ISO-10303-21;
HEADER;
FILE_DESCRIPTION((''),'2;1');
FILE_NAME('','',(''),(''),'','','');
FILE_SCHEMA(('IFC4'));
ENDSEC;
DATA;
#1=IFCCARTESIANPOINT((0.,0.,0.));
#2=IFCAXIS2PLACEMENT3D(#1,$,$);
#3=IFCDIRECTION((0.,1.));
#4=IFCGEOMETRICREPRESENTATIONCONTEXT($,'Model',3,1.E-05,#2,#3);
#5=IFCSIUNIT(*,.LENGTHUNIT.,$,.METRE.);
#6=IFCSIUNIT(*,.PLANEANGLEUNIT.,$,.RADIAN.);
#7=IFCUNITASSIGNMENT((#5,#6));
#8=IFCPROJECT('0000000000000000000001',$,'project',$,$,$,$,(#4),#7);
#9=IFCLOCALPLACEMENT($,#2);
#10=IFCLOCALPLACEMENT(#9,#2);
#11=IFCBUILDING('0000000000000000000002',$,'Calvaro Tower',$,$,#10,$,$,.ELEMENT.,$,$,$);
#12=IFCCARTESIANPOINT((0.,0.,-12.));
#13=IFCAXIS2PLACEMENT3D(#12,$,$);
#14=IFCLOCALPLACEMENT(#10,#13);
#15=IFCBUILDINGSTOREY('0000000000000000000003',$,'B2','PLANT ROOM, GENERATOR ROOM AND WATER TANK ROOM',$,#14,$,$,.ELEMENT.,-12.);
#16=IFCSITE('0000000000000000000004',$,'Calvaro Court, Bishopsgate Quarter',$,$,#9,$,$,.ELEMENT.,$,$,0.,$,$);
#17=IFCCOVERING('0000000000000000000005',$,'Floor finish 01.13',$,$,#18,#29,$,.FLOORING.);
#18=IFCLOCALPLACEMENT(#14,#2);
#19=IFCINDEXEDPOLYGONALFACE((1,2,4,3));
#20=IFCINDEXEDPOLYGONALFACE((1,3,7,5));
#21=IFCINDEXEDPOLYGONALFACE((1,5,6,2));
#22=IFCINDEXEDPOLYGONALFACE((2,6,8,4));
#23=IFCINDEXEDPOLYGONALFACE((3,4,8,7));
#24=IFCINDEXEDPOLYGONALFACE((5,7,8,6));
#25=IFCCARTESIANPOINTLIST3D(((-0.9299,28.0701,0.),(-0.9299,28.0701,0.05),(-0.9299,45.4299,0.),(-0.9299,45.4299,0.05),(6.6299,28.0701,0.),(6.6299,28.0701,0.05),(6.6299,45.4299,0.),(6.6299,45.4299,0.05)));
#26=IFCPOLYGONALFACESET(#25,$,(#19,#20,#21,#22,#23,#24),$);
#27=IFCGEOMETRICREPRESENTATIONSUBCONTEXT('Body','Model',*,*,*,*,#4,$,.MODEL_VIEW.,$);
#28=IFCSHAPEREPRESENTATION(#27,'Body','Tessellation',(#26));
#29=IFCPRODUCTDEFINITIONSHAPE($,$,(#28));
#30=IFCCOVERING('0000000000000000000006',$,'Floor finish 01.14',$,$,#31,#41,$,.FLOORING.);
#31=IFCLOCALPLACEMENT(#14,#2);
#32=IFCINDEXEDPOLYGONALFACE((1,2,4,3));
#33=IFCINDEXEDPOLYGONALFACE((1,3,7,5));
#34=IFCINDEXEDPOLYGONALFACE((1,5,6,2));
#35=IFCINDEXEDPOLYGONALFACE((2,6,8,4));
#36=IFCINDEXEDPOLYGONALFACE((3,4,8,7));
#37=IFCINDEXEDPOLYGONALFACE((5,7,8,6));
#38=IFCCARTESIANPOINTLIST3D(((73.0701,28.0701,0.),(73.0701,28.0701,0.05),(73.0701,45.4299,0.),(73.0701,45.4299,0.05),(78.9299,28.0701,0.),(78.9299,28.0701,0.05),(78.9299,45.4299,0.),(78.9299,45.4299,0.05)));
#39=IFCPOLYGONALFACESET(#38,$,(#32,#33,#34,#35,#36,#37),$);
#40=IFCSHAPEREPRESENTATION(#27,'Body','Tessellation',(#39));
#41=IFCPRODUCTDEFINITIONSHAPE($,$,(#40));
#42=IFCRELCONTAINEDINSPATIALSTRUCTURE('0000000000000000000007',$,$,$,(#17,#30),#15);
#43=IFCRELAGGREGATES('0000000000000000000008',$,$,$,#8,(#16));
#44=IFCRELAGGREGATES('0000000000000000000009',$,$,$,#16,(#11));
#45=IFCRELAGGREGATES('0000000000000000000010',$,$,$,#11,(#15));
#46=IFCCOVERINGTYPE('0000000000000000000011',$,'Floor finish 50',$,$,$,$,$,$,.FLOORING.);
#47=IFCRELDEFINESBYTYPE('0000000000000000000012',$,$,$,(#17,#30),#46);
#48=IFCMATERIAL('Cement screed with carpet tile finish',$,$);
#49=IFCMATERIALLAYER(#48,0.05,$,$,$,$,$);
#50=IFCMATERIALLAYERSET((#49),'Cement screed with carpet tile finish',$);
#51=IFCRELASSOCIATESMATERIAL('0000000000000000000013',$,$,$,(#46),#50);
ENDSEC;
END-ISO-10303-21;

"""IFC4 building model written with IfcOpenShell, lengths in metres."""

from ifc_helpers import new_model, si_unit, direction, frame, origin, place, context, subcontext, project, spatial, polyline, outline, extrude, material, layer, layer_set, type_object, element, save


model = new_model("IFC4")

# Units and contexts
model_context = context("Model", 3, precision=1e-05, world=origin(), true_north=direction((0.0, 1.0)))
body_context = subcontext(model_context, "Body", "Model", "MODEL_VIEW")
ifc_project = project(units=[si_unit("LENGTHUNIT", "METRE"), si_unit("PLANEANGLEUNIT", "RADIAN")], contexts=[model_context])

# Site, building, storey
site_placement = place(None, origin())
site = spatial("IfcSite", under=ifc_project, at=site_placement, Name="Calvaro Court, Bishopsgate Quarter", CompositionType="ELEMENT", RefElevation=0.0)
building_placement = place(site_placement, origin())
building = spatial("IfcBuilding", under=site, at=building_placement, Name="Calvaro Tower", CompositionType="ELEMENT")
storey_placement = place(building_placement, frame((0.0, 0.0, -12.0)))
storey = spatial("IfcBuildingStorey", under=building, at=storey_placement, Name="B2", Description="PLANT ROOM, GENERATOR ROOM AND WATER TANK ROOM", CompositionType="ELEMENT", Elevation=-12.0)

# Coverings
ifc_material_1 = material(Name="Cement screed with carpet tile finish")
ifc_layer_1 = layer(ifc_material_1, 0.05)
ifc_layer_set_1 = layer_set([ifc_layer_1], Name="Cement screed with carpet tile finish")
covering_type = type_object("IfcCoveringType", Name="Floor finish 50", PredefinedType="FLOORING", material=ifc_layer_set_1)
covering_1_placement = place(storey_placement, origin())
element("IfcCovering", 1, at=covering_1_placement, inside=storey, type_object=covering_type, Name="Floor finish 01.13", PredefinedType="FLOORING", context=body_context, shape_type="SweptSolid", body=[
    extrude(outline(polyline([(6.6299, 28.0701), (-0.9299, 28.0701), (-0.9299, 45.4299), (6.6299, 45.4299), (6.6299, 28.0701)])), origin(), (0.0, 0.0, 1.0), 0.05),
])
covering_2_placement = place(storey_placement, origin())
element("IfcCovering", 2, at=covering_2_placement, inside=storey, type_object=covering_type, Name="Floor finish 01.14", PredefinedType="FLOORING", context=body_context, shape_type="SweptSolid", body=[
    extrude(outline(polyline([(78.9299, 28.0701), (73.0701, 28.0701), (73.0701, 45.4299), (78.9299, 45.4299), (78.9299, 28.0701)])), origin(), (0.0, 0.0, 1.0), 0.05),
])

save(model, "model.ifc")
